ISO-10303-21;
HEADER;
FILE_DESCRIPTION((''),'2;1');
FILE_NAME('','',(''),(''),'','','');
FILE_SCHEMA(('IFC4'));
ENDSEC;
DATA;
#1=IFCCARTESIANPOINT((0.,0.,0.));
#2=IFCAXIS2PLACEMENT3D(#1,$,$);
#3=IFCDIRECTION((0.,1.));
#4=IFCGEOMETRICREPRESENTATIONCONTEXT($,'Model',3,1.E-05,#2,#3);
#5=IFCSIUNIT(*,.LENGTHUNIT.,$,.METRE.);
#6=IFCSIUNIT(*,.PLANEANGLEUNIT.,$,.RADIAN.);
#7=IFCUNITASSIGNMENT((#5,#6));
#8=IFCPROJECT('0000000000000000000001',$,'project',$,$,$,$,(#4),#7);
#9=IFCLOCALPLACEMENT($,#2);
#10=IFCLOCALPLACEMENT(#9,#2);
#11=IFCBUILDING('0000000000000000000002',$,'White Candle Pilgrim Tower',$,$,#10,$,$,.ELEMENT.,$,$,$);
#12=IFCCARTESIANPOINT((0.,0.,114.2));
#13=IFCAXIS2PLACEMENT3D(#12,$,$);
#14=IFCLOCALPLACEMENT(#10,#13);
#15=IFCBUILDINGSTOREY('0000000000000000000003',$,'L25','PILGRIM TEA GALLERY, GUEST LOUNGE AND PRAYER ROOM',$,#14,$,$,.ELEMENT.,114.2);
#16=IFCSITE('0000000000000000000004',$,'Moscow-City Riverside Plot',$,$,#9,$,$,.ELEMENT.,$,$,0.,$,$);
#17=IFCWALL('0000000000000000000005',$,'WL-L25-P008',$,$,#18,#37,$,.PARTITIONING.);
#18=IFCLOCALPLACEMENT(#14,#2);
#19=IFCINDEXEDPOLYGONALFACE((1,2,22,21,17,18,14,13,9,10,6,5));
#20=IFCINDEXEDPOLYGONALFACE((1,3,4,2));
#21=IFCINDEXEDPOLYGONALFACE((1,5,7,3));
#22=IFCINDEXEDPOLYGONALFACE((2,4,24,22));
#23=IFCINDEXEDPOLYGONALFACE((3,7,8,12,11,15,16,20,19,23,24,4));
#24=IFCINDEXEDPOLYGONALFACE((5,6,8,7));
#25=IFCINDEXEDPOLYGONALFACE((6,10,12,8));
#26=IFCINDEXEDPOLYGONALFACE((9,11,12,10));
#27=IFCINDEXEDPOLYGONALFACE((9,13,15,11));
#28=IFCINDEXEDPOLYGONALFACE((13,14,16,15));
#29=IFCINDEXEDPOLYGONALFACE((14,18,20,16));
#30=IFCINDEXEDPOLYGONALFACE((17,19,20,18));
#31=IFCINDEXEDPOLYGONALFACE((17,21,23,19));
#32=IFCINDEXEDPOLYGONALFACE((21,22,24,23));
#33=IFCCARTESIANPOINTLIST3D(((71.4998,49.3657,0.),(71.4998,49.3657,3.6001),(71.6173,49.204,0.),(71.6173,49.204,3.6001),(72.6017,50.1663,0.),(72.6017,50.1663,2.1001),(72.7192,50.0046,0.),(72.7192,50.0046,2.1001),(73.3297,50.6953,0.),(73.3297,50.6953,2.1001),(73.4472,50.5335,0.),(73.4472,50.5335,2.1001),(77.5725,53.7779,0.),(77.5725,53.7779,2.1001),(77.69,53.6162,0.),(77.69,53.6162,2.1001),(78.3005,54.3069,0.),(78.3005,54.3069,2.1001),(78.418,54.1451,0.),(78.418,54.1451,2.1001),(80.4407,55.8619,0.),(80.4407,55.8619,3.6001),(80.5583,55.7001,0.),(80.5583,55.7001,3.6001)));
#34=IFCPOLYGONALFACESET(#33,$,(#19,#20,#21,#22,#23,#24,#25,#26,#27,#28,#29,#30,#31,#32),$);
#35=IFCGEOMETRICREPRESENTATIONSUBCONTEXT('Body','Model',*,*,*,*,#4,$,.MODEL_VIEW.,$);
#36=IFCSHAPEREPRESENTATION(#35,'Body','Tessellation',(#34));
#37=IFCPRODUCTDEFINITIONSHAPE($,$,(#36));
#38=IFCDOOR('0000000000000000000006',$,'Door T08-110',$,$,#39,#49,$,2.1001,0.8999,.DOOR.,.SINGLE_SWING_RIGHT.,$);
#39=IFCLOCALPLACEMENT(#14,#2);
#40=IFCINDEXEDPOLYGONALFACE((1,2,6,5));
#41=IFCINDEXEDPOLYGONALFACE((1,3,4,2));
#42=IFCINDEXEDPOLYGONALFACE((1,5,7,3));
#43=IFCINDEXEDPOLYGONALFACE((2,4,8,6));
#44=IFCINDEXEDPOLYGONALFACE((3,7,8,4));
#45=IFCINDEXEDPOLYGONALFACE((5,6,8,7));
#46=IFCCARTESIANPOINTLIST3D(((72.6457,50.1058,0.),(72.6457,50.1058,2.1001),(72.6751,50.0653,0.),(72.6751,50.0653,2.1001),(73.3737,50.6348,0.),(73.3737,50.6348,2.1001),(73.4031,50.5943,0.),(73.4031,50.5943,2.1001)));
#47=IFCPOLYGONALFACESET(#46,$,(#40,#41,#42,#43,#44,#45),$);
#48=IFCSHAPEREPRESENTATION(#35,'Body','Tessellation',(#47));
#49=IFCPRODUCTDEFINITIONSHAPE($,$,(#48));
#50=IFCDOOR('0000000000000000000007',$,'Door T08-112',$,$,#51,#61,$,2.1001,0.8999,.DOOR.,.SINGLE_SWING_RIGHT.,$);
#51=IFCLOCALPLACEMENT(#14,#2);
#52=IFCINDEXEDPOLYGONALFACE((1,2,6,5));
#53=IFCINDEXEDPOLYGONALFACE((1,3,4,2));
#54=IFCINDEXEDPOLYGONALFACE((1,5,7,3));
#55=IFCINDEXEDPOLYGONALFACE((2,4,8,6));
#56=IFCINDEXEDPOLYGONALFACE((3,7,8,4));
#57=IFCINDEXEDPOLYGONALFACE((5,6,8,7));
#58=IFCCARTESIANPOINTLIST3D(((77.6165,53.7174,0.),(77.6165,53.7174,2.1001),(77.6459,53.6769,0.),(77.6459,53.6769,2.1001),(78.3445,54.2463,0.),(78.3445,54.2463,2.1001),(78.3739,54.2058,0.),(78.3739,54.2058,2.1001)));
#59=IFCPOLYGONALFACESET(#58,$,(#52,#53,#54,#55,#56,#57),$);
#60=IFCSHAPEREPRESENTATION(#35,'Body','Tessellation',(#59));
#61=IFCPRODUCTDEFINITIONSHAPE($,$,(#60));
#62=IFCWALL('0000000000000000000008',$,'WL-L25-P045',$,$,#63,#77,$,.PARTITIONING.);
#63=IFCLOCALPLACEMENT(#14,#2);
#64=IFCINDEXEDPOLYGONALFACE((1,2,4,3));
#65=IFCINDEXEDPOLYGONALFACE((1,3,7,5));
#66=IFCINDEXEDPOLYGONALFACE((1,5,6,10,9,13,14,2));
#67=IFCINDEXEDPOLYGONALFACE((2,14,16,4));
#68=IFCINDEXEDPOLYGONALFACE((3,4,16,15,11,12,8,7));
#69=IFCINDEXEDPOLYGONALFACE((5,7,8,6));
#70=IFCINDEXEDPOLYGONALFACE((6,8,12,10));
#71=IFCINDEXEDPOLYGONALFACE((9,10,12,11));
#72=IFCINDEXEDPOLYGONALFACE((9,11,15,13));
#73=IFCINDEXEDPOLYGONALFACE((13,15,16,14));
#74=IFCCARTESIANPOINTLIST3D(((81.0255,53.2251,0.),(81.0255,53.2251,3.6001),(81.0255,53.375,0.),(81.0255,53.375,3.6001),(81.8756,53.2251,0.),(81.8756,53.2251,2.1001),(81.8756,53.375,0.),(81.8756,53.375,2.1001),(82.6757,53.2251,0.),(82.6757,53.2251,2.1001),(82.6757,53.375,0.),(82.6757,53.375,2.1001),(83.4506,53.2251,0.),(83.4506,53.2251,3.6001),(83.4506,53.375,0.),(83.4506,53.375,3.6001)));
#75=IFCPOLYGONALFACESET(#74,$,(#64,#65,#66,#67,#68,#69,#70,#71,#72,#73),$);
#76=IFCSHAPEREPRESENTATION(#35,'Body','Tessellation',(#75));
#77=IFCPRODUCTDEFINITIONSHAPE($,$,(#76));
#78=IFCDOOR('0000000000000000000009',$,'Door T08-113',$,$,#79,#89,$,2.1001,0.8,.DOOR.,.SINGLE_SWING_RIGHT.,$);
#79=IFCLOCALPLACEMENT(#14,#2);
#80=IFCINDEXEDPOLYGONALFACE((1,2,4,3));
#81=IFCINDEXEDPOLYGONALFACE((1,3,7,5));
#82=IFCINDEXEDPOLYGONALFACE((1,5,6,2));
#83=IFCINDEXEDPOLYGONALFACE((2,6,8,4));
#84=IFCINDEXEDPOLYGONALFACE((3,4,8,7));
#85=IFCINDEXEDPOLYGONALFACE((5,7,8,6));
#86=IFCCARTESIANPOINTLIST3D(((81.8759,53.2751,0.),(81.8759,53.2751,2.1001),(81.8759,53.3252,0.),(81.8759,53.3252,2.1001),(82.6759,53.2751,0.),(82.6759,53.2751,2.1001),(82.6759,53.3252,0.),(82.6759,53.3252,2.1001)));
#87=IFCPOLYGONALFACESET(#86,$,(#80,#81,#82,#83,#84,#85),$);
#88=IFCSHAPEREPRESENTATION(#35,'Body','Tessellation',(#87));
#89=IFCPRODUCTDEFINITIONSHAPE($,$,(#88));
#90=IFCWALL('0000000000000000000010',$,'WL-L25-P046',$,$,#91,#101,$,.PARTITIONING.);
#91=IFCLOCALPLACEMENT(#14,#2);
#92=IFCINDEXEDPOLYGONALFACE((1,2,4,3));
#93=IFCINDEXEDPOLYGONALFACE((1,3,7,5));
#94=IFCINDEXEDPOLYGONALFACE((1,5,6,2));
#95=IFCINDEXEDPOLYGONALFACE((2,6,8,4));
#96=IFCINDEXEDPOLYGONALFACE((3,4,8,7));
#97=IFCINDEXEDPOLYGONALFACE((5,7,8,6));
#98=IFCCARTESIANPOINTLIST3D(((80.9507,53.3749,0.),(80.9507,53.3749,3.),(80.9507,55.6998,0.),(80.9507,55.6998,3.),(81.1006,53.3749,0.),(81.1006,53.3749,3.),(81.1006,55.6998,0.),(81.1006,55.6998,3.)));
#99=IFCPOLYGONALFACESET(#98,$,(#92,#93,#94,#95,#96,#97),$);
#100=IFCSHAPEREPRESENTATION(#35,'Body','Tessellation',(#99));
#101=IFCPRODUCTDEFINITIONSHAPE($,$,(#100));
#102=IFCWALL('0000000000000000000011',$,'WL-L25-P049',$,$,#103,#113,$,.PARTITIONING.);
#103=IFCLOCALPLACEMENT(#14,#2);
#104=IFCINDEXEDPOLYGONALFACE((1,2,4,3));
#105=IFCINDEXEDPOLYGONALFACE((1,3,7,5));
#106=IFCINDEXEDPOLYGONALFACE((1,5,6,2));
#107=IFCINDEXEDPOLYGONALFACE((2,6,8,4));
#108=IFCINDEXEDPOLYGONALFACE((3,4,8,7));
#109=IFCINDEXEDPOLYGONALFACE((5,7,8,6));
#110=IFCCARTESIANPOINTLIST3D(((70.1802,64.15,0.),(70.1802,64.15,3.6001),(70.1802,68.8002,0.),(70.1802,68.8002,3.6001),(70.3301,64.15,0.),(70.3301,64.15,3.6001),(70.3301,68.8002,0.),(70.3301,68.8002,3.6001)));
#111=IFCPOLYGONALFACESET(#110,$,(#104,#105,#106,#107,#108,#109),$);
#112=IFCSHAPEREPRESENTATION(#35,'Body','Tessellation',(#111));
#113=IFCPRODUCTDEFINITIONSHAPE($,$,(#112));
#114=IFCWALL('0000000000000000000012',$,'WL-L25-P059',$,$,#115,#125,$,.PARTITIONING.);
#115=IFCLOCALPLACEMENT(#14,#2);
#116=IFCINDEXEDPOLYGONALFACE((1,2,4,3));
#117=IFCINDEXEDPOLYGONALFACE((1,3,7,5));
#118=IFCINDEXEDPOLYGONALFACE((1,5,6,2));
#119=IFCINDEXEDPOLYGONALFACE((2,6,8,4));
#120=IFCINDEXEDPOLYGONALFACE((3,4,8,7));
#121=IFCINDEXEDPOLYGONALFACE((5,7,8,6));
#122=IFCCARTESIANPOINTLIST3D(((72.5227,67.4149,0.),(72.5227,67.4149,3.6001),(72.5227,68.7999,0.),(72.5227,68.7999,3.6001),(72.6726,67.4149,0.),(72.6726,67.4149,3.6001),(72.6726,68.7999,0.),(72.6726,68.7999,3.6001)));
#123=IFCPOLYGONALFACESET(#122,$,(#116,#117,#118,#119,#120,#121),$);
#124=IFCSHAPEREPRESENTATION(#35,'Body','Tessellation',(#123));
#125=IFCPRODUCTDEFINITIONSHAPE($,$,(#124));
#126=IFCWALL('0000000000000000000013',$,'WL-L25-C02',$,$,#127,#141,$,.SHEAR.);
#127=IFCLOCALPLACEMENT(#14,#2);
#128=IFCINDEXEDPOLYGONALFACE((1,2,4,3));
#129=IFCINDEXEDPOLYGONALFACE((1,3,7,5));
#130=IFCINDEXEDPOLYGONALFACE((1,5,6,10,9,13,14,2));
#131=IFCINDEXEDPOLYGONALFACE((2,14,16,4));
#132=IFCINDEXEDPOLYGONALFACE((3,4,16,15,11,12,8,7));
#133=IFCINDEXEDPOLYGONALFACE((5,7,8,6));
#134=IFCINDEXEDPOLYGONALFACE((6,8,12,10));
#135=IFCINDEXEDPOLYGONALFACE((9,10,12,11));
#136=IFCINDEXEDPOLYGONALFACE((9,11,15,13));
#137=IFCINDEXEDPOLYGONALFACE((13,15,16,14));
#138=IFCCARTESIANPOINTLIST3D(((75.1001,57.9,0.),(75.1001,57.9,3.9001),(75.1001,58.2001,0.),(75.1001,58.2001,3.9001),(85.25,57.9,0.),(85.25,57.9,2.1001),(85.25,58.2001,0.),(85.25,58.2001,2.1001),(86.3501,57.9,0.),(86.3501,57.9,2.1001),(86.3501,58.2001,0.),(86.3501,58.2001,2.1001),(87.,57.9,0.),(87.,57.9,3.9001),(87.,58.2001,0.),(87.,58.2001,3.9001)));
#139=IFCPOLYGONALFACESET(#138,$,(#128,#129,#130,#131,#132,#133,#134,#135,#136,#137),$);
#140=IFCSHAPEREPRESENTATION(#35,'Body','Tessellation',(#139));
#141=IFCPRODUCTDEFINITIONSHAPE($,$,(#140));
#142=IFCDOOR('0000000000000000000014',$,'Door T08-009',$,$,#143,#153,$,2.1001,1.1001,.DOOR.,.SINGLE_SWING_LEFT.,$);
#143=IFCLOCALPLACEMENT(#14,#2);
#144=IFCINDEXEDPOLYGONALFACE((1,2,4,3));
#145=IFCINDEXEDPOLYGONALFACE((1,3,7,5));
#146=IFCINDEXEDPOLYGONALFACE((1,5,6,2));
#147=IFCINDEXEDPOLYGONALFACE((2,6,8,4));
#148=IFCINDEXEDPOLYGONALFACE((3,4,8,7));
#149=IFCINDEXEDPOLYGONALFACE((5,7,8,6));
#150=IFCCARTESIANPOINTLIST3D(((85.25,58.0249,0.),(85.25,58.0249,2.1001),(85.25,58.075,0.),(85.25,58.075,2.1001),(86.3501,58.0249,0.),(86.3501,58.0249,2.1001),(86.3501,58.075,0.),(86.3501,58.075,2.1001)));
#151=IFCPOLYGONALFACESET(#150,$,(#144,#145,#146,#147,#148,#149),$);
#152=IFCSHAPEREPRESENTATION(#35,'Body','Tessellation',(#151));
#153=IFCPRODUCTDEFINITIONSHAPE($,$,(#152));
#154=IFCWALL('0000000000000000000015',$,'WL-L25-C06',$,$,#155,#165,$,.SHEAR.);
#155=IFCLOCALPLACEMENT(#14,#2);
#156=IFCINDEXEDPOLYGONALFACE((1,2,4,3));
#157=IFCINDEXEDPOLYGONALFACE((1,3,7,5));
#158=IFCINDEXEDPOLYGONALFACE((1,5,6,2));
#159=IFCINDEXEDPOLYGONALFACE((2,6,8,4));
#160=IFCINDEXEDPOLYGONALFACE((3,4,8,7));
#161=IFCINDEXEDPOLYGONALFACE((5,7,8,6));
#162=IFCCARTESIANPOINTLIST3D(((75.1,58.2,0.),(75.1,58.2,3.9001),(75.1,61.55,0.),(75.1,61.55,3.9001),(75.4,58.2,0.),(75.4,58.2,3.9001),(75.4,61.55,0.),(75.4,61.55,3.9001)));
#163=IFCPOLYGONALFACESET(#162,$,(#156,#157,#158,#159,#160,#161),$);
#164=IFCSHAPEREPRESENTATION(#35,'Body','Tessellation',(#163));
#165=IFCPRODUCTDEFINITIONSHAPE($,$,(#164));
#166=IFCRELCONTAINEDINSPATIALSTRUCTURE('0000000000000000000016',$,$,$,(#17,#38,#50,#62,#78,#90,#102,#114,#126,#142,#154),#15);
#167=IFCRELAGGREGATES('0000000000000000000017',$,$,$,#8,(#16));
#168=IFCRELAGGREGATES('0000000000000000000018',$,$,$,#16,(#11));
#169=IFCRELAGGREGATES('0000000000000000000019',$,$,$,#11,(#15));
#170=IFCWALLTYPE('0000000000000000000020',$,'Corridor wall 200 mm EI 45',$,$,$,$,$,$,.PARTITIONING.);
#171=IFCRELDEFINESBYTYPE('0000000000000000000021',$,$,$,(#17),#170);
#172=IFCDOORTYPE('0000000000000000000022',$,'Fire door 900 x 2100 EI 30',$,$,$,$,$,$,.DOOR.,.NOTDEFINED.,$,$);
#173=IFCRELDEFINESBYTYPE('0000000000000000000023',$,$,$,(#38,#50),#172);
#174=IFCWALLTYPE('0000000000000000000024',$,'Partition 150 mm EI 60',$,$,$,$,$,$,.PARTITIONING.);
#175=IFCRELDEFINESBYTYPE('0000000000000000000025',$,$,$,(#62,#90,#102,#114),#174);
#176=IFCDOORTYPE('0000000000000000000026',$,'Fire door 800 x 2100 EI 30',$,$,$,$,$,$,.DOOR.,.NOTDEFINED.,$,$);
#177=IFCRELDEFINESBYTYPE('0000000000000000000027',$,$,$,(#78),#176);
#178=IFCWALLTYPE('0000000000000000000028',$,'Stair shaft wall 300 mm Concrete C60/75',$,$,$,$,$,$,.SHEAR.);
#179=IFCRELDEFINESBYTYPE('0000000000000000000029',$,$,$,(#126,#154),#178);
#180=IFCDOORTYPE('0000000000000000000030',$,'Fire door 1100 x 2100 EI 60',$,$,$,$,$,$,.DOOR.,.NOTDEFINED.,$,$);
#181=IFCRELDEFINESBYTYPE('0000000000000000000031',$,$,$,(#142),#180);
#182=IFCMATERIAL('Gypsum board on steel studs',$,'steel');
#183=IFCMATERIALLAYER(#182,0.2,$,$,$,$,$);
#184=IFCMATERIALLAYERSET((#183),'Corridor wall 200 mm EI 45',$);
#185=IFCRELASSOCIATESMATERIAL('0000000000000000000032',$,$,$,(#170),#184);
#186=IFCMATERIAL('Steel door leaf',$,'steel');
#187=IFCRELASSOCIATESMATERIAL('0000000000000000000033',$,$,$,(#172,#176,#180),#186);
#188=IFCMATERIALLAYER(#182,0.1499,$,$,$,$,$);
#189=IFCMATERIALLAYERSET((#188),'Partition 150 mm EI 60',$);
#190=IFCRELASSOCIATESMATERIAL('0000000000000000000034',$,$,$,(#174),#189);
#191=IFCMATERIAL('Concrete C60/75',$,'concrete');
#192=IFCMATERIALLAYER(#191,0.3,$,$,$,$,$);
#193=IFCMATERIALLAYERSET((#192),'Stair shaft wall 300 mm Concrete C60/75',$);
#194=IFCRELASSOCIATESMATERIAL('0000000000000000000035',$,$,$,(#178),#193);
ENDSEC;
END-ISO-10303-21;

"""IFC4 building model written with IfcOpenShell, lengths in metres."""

from ifc_helpers import new_model, si_unit, direction, frame, frame_2d, origin, place, context, subcontext, project, spatial, rectangle, extrude, material, layer, layer_set, type_object, element, fill, save


model = new_model("IFC4")

# Units and contexts
model_context = context("Model", 3, precision=1e-05, world=origin(), true_north=direction((0.0, 1.0)))
body_context = subcontext(model_context, "Body", "Model", "MODEL_VIEW")
ifc_project = project(units=[si_unit("LENGTHUNIT", "METRE"), si_unit("PLANEANGLEUNIT", "RADIAN")], contexts=[model_context])

# Site, building, storey
site_placement = place(None, origin())
site = spatial("IfcSite", under=ifc_project, at=site_placement, Name="Moscow-City Riverside Plot", CompositionType="ELEMENT", RefElevation=0.0)
building_placement = place(site_placement, origin())
building = spatial("IfcBuilding", under=site, at=building_placement, Name="White Candle Pilgrim Tower", CompositionType="ELEMENT")
storey_placement = place(building_placement, frame((0.0, 0.0, 114.2)))
storey = spatial("IfcBuildingStorey", under=building, at=storey_placement, Name="L25", Description="PILGRIM TEA GALLERY, GUEST LOUNGE AND PRAYER ROOM", CompositionType="ELEMENT", Elevation=114.2)

# Wall, openings, doors
ifc_material_1 = material(Name="Gypsum board on steel studs", Category="steel")
ifc_layer_1 = layer(ifc_material_1, 0.2)
ifc_layer_set_1 = layer_set([ifc_layer_1], Name="Corridor wall 200 mm EI 45")
wall_type_1 = type_object("IfcWallType", Name="Corridor wall 200 mm EI 45", PredefinedType="PARTITIONING", material=ifc_layer_set_1)
wall_1_placement = place(storey_placement, frame((80.4995, 55.781, 0.0), z_axis=(0.0, 0.0, 1.0), x_axis=(-0.809011, -0.587793, 0.0)))
wall_1 = element("IfcWall", 1, at=wall_1_placement, inside=storey, type_object=wall_type_1, Name="WL-L25-P008", PredefinedType="PARTITIONING", context=body_context, shape_type="SweptSolid", body=[
    extrude(rectangle(XDim=11.0518, YDim=0.2, at=frame_2d((5.5259, 0.0))), origin(), (0.0, 0.0, 1.0), 3.6001),
])
opening_1_placement = place(wall_1_placement, frame((8.7898, 0.0, 0.0)))
opening_1 = element("IfcOpeningElement", 2, at=opening_1_placement, cuts=wall_1, PredefinedType="OPENING", context=body_context, shape_type="SweptSolid", body=[
    extrude(rectangle(XDim=0.8999, YDim=2.1001, at=frame_2d((0.45, 1.05))), frame((0.0, 0.1099, 0.0), z_axis=(0.0, -1.0, 0.0), x_axis=(1.0, 0.0, 0.0)), (0.0, 0.0, 1.0), 0.22),
])
opening_2_placement = place(wall_1_placement, frame((2.6455, 0.0, 0.0)))
opening_2 = element("IfcOpeningElement", 3, at=opening_2_placement, cuts=wall_1, PredefinedType="OPENING", context=body_context, shape_type="SweptSolid", body=[
    extrude(rectangle(XDim=0.8999, YDim=2.1001, at=frame_2d((0.45, 1.05))), frame((0.0, 0.1099, 0.0), z_axis=(0.0, -1.0, 0.0), x_axis=(1.0, 0.0, 0.0)), (0.0, 0.0, 1.0), 0.22),
])
ifc_material_2 = material(Name="Steel door leaf", Category="steel")
door_type_1 = type_object("IfcDoorType", Name="Fire door 900 x 2100 EI 30", OperationType="NOTDEFINED", PredefinedType="DOOR", material=ifc_material_2)
door_1_placement = place(opening_1_placement, origin())
door_1 = element("IfcDoor", 4, at=door_1_placement, inside=storey, type_object=door_type_1, Name="Door T08-110", OperationType="SINGLE_SWING_RIGHT", OverallHeight=2.1001, OverallWidth=0.8999, PredefinedType="DOOR", context=body_context, shape_type="SweptSolid", body=[
    extrude(rectangle(XDim=0.8999, YDim=2.1001, at=frame_2d((0.45, 1.05))), frame((0.0, 0.0249, 0.0), z_axis=(0.0, -1.0, 0.0), x_axis=(1.0, 0.0, 0.0)), (0.0, 0.0, 1.0), 0.05),
])
fill(opening_1, door_1)
door_2_placement = place(opening_2_placement, origin())
door_2 = element("IfcDoor", 5, at=door_2_placement, inside=storey, type_object=door_type_1, Name="Door T08-112", OperationType="SINGLE_SWING_RIGHT", OverallHeight=2.1001, OverallWidth=0.8999, PredefinedType="DOOR", context=body_context, shape_type="SweptSolid", body=[
    extrude(rectangle(XDim=0.8999, YDim=2.1001, at=frame_2d((0.45, 1.05))), frame((0.0, 0.0249, 0.0), z_axis=(0.0, -1.0, 0.0), x_axis=(1.0, 0.0, 0.0)), (0.0, 0.0, 1.0), 0.05),
])
fill(opening_2, door_2)

# Wall, opening, door
ifc_layer_2 = layer(ifc_material_1, 0.1499)
ifc_layer_set_2 = layer_set([ifc_layer_2], Name="Partition 150 mm EI 60")
wall_type_2 = type_object("IfcWallType", Name="Partition 150 mm EI 60", PredefinedType="PARTITIONING", material=ifc_layer_set_2)
wall_2_placement = place(storey_placement, frame((81.0256, 53.3, 0.0), z_axis=(0.0, 0.0, 1.0), x_axis=(1.0, 0.0, 0.0)))
wall_2 = element("IfcWall", 6, at=wall_2_placement, inside=storey, type_object=wall_type_2, Name="WL-L25-P045", PredefinedType="PARTITIONING", context=body_context, shape_type="SweptSolid", body=[
    extrude(rectangle(XDim=2.425, YDim=0.1499, at=frame_2d((1.2124, 0.0))), origin(), (0.0, 0.0, 1.0), 3.6001),
])
opening_3_placement = place(wall_2_placement, frame((0.8501, 0.0, 0.0)))
opening_3 = element("IfcOpeningElement", 7, at=opening_3_placement, cuts=wall_2, PredefinedType="OPENING", context=body_context, shape_type="SweptSolid", body=[
    extrude(rectangle(XDim=0.8, YDim=2.1001, at=frame_2d((0.3999, 1.05))), frame((0.0, 0.085, 0.0), z_axis=(0.0, -1.0, 0.0), x_axis=(1.0, 0.0, 0.0)), (0.0, 0.0, 1.0), 0.1699),
])
door_type_2 = type_object("IfcDoorType", Name="Fire door 800 x 2100 EI 30", OperationType="NOTDEFINED", PredefinedType="DOOR", material=ifc_material_2)
door_3_placement = place(opening_3_placement, frame((0.8, 0.0, 0.0), z_axis=(0.0, 0.0, 1.0), x_axis=(-1.0, 0.0, 0.0)))
door_3 = element("IfcDoor", 8, at=door_3_placement, inside=storey, type_object=door_type_2, Name="Door T08-113", OperationType="SINGLE_SWING_RIGHT", OverallHeight=2.1001, OverallWidth=0.8, PredefinedType="DOOR", context=body_context, shape_type="SweptSolid", body=[
    extrude(rectangle(XDim=0.8, YDim=2.1001, at=frame_2d((0.3999, 1.05))), frame((0.0, 0.0249, 0.0), z_axis=(0.0, -1.0, 0.0), x_axis=(1.0, 0.0, 0.0)), (0.0, 0.0, 1.0), 0.05),
])
fill(opening_3, door_3)

# Walls
wall_3_placement = place(storey_placement, frame((81.0256, 55.7, 0.0), z_axis=(0.0, 0.0, 1.0), x_axis=(0.0, -1.0, 0.0)))
element("IfcWall", 9, at=wall_3_placement, inside=storey, type_object=wall_type_2, Name="WL-L25-P046", PredefinedType="PARTITIONING", context=body_context, shape_type="SweptSolid", body=[
    extrude(rectangle(XDim=2.325, YDim=0.1499, at=frame_2d((1.1626, 0.0))), origin(), (0.0, 0.0, 1.0), 3.0),
])
wall_4_placement = place(storey_placement, frame((70.2551, 64.1499, 0.0), z_axis=(0.0, 0.0, 1.0), x_axis=(0.0, 1.0, 0.0)))
element("IfcWall", 10, at=wall_4_placement, inside=storey, type_object=wall_type_2, Name="WL-L25-P049", PredefinedType="PARTITIONING", context=body_context, shape_type="SweptSolid", body=[
    extrude(rectangle(XDim=4.6501, YDim=0.1499, at=frame_2d((2.3252, 0.0))), origin(), (0.0, 0.0, 1.0), 3.6001),
])
wall_5_placement = place(storey_placement, frame((72.5977, 67.415, 0.0), z_axis=(0.0, 0.0, 1.0), x_axis=(0.0, 1.0, 0.0)))
element("IfcWall", 11, at=wall_5_placement, inside=storey, type_object=wall_type_2, Name="WL-L25-P059", PredefinedType="PARTITIONING", context=body_context, shape_type="SweptSolid", body=[
    extrude(rectangle(XDim=1.385, YDim=0.1499, at=frame_2d((0.6924, 0.0))), origin(), (0.0, 0.0, 1.0), 3.6001),
])

# Wall, opening, door
ifc_material_3 = material(Name="Concrete C60/75", Category="concrete")
ifc_layer_3 = layer(ifc_material_3, 0.3)
ifc_layer_set_3 = layer_set([ifc_layer_3], Name="Stair shaft wall 300 mm Concrete C60/75")
wall_type_3 = type_object("IfcWallType", Name="Stair shaft wall 300 mm Concrete C60/75", PredefinedType="SHEAR", material=ifc_layer_set_3)
wall_6_placement = place(storey_placement, frame((75.1001, 58.05, 0.0), z_axis=(0.0, 0.0, 1.0), x_axis=(1.0, 0.0, 0.0)))
wall_6 = element("IfcWall", 12, at=wall_6_placement, inside=storey, type_object=wall_type_3, Name="WL-L25-C02", PredefinedType="SHEAR", context=body_context, shape_type="SweptSolid", body=[
    extrude(rectangle(XDim=11.8999, YDim=0.3, at=frame_2d((5.95, 0.0))), origin(), (0.0, 0.0, 1.0), 3.9001),
])
opening_4_placement = place(wall_6_placement, frame((10.1499, 0.0, 0.0)))
opening_4 = element("IfcOpeningElement", 13, at=opening_4_placement, cuts=wall_6, PredefinedType="OPENING", context=body_context, shape_type="SweptSolid", body=[
    extrude(rectangle(XDim=1.1001, YDim=2.1001, at=frame_2d((0.55, 1.05))), frame((0.0, 0.1599, 0.0), z_axis=(0.0, -1.0, 0.0), x_axis=(1.0, 0.0, 0.0)), (0.0, 0.0, 1.0), 0.3201),
])
door_type_3 = type_object("IfcDoorType", Name="Fire door 1100 x 2100 EI 60", OperationType="NOTDEFINED", PredefinedType="DOOR", material=ifc_material_2)
door_4_placement = place(opening_4_placement, origin())
door_4 = element("IfcDoor", 14, at=door_4_placement, inside=storey, type_object=door_type_3, Name="Door T08-009", OperationType="SINGLE_SWING_LEFT", OverallHeight=2.1001, OverallWidth=1.1001, PredefinedType="DOOR", context=body_context, shape_type="SweptSolid", body=[
    extrude(rectangle(XDim=1.1001, YDim=2.1001, at=frame_2d((0.55, 1.05))), frame((0.0, 0.0249, 0.0), z_axis=(0.0, -1.0, 0.0), x_axis=(1.0, 0.0, 0.0)), (0.0, 0.0, 1.0), 0.05),
])
fill(opening_4, door_4)

# Wall
wall_7_placement = place(storey_placement, frame((75.25, 58.2, 0.0), z_axis=(0.0, 0.0, 1.0), x_axis=(0.0, 1.0, 0.0)))
element("IfcWall", 15, at=wall_7_placement, inside=storey, type_object=wall_type_3, Name="WL-L25-C06", PredefinedType="SHEAR", context=body_context, shape_type="SweptSolid", body=[
    extrude(rectangle(XDim=3.3501, YDim=0.3, at=frame_2d((1.675, 0.0))), origin(), (0.0, 0.0, 1.0), 3.9001),
])

save(model, "model.ifc")
